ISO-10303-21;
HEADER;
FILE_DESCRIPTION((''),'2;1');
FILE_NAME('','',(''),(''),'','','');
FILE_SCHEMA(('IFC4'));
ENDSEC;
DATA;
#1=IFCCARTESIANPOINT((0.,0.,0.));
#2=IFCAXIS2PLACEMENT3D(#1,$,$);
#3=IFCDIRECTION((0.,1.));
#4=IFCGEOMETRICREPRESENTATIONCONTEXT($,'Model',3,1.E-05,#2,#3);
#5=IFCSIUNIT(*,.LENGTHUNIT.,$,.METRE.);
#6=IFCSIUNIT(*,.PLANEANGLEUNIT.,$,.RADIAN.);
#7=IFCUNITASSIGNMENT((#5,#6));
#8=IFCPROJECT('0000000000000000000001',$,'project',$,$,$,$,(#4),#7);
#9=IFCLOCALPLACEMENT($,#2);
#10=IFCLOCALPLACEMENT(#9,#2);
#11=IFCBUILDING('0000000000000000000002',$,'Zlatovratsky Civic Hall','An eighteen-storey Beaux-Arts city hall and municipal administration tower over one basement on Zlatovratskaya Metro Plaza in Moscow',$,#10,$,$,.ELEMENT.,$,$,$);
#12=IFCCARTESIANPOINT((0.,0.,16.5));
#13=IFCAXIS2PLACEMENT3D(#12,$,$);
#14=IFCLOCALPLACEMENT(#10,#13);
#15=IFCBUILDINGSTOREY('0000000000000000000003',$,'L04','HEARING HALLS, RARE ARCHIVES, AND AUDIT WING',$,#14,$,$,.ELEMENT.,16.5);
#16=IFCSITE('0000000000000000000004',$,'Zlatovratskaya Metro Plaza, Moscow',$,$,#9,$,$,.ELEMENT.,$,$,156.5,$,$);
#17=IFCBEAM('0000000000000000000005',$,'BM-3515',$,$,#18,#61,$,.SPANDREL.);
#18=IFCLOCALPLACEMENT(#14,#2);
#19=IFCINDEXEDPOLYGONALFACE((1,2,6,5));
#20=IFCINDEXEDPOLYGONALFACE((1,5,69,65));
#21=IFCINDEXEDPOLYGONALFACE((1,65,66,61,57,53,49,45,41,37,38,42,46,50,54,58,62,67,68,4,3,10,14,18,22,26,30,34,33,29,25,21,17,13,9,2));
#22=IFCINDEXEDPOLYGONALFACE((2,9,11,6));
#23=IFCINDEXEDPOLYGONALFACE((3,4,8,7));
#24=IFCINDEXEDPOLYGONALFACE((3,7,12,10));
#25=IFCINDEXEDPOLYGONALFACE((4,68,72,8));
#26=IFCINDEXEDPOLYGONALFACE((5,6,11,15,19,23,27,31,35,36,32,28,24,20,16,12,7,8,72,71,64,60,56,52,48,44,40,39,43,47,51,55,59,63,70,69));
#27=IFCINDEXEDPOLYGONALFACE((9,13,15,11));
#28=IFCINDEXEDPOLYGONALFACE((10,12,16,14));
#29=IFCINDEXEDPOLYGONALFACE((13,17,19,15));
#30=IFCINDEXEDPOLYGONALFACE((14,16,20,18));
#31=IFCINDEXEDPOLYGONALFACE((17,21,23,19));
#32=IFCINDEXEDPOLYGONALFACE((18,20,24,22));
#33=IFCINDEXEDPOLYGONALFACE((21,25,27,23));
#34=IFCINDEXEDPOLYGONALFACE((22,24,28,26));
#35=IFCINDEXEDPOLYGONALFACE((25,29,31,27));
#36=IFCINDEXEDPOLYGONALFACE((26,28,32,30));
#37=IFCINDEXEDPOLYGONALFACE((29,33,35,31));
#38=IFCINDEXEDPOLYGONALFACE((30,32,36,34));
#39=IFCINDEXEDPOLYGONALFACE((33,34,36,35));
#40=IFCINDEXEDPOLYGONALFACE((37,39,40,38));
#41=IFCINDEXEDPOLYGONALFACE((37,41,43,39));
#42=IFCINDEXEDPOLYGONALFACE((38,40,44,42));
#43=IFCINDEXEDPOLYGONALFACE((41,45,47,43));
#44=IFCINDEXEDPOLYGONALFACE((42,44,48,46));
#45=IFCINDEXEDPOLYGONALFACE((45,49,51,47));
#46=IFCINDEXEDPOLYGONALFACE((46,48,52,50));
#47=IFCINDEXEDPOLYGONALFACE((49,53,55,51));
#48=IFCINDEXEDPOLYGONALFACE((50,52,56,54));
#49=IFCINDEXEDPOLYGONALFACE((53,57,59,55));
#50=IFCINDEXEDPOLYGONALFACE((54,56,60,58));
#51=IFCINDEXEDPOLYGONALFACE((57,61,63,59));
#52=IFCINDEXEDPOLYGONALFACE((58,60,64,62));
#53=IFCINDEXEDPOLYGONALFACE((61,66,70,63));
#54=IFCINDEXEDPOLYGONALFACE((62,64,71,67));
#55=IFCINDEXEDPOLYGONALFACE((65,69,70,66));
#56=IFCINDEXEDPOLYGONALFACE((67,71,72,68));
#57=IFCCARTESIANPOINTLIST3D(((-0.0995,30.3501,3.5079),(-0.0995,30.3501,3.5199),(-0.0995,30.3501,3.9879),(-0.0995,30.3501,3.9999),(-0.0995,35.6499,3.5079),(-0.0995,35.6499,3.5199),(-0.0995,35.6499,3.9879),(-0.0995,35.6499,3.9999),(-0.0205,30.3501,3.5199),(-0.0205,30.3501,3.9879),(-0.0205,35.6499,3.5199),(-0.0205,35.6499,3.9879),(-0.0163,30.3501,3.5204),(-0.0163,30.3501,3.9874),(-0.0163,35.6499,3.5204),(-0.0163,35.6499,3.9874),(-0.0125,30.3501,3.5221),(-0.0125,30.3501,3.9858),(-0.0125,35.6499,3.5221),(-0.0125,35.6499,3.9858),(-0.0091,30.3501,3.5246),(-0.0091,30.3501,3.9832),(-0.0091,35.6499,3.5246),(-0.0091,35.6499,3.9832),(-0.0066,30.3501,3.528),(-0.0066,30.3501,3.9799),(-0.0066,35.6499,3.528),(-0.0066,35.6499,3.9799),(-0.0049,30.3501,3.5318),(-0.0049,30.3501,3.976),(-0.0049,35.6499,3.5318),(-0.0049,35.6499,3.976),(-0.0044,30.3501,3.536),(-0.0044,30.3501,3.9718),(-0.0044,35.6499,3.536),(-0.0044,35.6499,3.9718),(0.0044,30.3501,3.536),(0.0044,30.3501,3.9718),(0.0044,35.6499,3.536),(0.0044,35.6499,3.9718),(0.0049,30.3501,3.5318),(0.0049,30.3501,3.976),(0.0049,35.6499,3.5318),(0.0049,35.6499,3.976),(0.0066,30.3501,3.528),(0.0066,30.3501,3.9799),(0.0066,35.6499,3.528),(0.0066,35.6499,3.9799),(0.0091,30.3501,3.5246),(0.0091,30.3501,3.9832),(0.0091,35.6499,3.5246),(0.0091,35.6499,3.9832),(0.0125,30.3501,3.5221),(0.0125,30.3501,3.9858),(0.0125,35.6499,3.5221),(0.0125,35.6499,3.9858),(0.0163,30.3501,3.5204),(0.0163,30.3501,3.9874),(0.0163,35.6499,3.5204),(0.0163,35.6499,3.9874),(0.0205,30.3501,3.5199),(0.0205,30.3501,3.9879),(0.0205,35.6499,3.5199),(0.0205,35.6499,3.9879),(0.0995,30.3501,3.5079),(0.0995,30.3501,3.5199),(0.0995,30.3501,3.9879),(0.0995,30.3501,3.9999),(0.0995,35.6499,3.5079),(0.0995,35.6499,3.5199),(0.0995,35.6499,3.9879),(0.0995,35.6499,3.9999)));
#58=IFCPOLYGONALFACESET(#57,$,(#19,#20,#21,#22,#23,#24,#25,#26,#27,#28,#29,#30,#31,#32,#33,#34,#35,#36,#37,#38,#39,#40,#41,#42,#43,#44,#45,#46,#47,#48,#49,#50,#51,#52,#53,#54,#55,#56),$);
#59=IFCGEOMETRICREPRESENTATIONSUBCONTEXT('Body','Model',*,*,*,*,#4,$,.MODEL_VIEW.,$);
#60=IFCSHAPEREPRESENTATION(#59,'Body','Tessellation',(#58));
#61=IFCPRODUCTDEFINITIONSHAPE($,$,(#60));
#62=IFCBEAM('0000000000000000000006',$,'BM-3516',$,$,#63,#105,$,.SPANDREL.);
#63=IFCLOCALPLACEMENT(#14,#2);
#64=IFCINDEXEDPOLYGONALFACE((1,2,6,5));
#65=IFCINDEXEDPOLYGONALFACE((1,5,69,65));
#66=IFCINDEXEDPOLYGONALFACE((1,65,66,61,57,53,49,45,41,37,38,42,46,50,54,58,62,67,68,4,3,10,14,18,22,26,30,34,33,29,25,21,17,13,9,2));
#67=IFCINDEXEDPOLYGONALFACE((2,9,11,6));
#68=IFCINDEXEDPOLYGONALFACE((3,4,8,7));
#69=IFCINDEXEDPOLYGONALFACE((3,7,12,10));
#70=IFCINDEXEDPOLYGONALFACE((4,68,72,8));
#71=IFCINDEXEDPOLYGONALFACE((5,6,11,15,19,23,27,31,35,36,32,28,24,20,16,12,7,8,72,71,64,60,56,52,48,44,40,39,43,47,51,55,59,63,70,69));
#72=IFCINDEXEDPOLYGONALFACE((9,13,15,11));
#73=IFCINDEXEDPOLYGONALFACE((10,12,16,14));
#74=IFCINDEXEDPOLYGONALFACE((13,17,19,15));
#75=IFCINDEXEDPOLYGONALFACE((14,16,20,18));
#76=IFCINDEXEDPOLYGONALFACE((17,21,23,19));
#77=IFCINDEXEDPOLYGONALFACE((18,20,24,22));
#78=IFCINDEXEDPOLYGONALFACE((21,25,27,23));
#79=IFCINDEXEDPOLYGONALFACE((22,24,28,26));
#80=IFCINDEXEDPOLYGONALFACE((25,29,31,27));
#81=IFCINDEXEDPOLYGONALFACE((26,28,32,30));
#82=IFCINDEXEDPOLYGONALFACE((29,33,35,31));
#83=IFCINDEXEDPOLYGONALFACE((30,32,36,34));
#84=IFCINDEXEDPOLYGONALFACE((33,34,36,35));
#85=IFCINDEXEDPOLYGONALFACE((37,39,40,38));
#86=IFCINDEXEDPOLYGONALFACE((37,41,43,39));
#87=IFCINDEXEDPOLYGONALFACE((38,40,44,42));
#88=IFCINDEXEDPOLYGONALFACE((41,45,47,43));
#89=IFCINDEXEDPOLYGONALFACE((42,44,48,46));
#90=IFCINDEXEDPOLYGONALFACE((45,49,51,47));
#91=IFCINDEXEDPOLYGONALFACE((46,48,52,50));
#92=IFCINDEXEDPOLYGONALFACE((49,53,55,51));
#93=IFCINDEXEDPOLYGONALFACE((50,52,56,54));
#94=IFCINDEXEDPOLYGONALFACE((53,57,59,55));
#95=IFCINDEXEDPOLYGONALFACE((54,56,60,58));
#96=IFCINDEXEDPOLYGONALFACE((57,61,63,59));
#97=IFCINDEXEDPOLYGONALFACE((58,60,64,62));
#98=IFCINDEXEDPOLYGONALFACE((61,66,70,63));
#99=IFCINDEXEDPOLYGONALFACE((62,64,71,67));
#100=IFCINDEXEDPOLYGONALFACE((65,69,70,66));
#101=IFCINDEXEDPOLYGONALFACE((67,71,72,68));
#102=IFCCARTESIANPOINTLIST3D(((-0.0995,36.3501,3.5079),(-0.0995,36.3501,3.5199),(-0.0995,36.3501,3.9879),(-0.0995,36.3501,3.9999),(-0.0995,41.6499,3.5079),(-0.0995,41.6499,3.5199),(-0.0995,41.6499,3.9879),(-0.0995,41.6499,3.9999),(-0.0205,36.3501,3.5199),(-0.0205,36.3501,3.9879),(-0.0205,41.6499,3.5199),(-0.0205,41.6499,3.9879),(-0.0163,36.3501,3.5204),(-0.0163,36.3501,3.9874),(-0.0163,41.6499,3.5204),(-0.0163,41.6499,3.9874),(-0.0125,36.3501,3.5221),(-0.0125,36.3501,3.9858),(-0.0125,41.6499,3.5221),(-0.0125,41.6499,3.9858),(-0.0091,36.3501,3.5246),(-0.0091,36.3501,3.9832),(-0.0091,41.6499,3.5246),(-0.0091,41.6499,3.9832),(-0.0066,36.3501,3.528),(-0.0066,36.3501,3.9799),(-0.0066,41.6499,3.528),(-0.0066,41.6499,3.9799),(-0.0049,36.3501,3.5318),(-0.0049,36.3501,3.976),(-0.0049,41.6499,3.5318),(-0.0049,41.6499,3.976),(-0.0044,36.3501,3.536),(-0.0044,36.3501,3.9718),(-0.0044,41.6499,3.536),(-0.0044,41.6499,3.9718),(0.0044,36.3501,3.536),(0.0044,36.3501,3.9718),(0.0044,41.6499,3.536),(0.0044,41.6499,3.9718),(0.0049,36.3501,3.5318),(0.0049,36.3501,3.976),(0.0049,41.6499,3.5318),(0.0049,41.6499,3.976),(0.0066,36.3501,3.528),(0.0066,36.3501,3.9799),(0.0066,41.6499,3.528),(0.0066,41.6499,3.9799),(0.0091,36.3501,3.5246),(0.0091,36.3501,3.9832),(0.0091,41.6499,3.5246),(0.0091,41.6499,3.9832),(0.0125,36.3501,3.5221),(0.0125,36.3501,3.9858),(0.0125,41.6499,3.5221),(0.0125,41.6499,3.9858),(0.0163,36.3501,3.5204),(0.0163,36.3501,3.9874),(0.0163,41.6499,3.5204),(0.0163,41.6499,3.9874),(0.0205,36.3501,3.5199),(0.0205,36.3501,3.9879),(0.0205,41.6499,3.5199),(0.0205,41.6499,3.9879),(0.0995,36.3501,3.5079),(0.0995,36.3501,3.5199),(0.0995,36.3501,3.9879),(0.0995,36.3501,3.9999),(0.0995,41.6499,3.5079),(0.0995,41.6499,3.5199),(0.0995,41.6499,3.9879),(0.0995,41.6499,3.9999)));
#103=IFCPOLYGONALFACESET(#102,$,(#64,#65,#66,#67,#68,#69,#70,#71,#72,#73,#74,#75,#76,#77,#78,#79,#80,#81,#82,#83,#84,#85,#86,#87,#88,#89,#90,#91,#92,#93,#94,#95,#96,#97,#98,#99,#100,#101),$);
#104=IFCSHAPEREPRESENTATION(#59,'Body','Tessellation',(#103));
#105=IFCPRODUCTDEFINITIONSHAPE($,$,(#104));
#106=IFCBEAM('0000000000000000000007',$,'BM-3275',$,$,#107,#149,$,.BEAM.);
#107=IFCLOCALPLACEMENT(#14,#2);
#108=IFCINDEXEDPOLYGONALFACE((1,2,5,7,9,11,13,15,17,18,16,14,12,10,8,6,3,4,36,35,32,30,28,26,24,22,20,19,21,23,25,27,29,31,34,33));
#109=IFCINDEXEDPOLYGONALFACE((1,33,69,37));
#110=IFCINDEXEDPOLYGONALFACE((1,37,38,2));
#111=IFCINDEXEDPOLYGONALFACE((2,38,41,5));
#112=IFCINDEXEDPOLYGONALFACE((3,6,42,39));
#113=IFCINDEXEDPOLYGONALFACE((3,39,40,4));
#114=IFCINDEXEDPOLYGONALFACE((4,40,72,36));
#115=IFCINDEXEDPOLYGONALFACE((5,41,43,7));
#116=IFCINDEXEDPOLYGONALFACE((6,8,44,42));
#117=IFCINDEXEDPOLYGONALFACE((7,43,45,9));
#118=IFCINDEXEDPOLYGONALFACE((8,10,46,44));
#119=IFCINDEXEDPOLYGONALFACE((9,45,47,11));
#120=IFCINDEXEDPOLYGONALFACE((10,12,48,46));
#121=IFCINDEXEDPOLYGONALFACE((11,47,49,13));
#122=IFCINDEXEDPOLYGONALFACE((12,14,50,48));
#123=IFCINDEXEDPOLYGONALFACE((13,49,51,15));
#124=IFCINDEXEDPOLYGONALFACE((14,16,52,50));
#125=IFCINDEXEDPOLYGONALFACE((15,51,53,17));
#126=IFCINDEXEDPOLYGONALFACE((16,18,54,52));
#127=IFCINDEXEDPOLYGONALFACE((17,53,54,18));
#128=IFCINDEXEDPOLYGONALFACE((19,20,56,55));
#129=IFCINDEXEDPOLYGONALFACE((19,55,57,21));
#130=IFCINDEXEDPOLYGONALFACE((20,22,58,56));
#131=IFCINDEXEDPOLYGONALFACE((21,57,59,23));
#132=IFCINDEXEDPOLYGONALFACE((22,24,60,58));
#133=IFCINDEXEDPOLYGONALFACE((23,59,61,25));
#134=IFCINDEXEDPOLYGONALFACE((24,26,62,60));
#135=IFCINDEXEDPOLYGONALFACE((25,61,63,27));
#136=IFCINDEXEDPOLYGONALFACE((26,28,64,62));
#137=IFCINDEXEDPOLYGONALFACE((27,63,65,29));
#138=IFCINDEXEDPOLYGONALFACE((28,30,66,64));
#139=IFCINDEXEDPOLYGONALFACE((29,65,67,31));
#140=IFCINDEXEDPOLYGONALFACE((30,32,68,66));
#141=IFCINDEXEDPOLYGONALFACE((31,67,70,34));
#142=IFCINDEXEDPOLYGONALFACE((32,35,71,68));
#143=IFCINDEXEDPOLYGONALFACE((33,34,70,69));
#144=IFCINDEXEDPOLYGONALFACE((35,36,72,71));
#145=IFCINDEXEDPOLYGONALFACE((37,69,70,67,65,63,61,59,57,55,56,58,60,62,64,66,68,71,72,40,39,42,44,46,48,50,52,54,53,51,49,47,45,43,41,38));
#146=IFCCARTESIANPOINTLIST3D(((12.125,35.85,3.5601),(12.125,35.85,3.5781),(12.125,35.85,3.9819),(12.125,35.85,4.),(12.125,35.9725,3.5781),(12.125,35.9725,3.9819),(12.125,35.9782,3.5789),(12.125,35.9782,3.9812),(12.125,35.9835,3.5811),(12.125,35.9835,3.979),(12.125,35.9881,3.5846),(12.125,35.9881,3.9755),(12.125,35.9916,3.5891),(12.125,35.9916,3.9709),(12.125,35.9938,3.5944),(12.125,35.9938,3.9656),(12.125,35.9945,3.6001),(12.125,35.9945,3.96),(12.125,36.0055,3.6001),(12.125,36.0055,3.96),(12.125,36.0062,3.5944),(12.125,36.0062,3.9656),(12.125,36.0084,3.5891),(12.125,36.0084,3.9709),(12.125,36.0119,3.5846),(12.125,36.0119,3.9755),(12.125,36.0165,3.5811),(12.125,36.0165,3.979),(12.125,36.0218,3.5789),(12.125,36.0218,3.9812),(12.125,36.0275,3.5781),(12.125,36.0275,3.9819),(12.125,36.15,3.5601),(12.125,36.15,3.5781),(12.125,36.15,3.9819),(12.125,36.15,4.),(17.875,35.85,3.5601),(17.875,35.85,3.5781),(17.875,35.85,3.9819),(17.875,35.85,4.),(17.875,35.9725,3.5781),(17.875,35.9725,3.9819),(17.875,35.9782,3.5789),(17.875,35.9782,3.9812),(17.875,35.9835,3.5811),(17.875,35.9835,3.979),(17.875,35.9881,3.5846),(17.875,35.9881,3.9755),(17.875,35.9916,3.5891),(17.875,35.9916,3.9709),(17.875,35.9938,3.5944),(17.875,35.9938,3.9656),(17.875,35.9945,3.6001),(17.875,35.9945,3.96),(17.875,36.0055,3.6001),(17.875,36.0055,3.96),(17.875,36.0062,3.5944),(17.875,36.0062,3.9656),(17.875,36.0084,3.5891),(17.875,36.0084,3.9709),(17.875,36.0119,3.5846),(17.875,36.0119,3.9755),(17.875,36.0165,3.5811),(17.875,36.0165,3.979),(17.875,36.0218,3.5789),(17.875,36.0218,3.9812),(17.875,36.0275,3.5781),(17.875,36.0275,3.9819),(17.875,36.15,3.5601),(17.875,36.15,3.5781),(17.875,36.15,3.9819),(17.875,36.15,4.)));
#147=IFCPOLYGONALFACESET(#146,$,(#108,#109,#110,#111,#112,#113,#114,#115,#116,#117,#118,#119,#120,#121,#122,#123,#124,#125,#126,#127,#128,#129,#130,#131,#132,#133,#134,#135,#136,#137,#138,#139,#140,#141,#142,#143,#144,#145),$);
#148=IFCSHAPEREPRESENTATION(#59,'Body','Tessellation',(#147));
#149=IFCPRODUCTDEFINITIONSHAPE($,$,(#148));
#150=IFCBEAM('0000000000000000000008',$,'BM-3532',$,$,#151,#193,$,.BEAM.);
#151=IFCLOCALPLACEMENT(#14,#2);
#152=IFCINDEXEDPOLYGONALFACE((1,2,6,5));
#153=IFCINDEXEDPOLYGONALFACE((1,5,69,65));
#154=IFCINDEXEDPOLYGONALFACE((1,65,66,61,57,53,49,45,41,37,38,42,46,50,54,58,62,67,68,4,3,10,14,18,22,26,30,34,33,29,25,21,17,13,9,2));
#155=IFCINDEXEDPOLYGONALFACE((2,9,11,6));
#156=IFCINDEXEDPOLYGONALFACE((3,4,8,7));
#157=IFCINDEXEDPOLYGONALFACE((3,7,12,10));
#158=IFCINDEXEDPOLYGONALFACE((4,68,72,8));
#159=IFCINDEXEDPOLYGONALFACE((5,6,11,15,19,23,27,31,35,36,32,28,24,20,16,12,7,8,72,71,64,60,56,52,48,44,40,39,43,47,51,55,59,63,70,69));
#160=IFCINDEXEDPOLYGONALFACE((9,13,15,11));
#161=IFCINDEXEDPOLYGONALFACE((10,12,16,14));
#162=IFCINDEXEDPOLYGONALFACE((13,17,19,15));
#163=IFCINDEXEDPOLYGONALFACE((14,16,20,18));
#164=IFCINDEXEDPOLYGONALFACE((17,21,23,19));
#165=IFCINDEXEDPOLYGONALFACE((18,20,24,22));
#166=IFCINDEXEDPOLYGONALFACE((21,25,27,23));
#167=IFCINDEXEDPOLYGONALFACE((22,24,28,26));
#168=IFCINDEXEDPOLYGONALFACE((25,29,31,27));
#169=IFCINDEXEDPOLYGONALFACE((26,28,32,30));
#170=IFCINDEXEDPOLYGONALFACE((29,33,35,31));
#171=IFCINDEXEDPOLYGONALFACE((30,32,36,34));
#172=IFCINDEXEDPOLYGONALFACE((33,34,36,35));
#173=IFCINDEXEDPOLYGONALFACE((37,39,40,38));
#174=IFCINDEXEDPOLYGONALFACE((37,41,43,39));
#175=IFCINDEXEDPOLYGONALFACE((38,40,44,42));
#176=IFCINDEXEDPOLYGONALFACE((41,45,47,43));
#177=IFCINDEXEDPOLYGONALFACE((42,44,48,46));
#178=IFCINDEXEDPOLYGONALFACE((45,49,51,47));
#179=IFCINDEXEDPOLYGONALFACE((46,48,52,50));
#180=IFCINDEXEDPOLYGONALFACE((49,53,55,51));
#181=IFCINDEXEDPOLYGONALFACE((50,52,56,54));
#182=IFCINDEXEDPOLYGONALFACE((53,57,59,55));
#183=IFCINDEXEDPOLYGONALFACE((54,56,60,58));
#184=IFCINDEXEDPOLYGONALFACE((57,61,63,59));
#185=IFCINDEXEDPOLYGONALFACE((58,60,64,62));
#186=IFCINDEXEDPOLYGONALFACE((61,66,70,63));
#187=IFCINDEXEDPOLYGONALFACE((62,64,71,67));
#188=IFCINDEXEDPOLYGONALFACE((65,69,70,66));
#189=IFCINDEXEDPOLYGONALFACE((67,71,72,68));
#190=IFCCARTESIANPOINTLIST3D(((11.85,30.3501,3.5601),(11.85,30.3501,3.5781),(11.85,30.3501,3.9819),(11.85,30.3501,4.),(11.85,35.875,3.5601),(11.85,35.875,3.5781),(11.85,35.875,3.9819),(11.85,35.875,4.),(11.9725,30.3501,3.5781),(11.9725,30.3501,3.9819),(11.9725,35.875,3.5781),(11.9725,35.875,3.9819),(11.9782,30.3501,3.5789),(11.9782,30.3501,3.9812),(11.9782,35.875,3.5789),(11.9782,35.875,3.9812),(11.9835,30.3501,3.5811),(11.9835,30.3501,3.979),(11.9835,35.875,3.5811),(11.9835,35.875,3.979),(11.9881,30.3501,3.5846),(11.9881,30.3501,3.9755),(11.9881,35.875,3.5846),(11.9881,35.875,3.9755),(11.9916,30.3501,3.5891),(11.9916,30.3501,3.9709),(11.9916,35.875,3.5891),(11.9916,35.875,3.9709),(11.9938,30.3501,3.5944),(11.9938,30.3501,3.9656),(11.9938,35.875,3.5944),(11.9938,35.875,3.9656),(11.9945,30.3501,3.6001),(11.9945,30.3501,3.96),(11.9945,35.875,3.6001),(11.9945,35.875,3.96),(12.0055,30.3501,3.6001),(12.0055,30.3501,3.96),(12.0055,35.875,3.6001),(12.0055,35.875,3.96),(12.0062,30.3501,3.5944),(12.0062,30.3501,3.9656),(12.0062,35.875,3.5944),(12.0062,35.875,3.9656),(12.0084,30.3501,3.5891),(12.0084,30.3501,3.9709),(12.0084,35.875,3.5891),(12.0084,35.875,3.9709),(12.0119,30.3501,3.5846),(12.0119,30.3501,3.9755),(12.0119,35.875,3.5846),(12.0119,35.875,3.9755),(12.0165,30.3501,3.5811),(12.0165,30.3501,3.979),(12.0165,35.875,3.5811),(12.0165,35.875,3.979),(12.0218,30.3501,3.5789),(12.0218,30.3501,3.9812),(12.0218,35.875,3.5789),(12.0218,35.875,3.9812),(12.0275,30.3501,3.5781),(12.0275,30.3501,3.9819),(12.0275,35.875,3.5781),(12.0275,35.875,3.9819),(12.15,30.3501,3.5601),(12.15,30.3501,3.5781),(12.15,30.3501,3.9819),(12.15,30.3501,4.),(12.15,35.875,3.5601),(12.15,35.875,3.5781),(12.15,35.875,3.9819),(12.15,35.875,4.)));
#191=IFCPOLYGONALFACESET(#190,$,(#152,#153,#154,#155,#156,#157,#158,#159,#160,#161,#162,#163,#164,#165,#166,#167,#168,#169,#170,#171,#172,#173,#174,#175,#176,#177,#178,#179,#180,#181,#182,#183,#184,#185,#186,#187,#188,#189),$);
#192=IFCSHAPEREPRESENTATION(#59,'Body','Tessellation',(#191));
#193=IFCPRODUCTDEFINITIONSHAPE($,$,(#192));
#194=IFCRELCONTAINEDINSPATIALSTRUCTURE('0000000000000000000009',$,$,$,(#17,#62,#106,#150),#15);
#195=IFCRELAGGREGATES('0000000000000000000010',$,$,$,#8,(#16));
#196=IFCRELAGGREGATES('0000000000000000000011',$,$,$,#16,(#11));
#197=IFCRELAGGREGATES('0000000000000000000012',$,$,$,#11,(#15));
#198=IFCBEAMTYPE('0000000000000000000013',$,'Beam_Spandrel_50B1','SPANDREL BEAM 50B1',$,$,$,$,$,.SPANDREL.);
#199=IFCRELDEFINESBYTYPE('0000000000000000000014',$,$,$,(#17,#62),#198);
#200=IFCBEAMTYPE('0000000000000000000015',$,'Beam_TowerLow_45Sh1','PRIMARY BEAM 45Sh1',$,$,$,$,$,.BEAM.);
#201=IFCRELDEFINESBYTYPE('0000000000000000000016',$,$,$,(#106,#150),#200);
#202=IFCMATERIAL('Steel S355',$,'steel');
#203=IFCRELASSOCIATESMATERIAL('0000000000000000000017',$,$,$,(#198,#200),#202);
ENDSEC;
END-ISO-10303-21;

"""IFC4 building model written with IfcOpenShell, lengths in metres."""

from ifc_helpers import new_model, si_unit, direction, frame, origin, origin_2d, place, context, subcontext, project, spatial, i_section, extrude, material, material_profile, profile_set, type_object, element, save


model = new_model("IFC4")

# Units and contexts
model_context = context("Model", 3, precision=1e-05, world=origin(), true_north=direction((0.0, 1.0)))
body_context = subcontext(model_context, "Body", "Model", "MODEL_VIEW")
ifc_project = project(units=[si_unit("LENGTHUNIT", "METRE"), si_unit("PLANEANGLEUNIT", "RADIAN")], contexts=[model_context])

# Site, building, storey
site_placement = place(None, origin())
site = spatial("IfcSite", under=ifc_project, at=site_placement, Name="Zlatovratskaya Metro Plaza, Moscow", CompositionType="ELEMENT", RefElevation=156.5)
building_placement = place(site_placement, origin())
building = spatial("IfcBuilding", under=site, at=building_placement, Name="Zlatovratsky Civic Hall", Description="An eighteen-storey Beaux-Arts city hall and municipal administration tower over one basement on Zlatovratskaya Metro Plaza in Moscow", CompositionType="ELEMENT")
storey_placement = place(building_placement, frame((0.0, 0.0, 16.5)))
storey = spatial("IfcBuildingStorey", under=building, at=storey_placement, Name="L04", Description="HEARING HALLS, RARE ARCHIVES, AND AUDIT WING", CompositionType="ELEMENT", Elevation=16.5)

# Shared definitions
ifc_material_1 = material(Name="Steel S355", Category="steel")

# Beams
ifc_material_profile_1 = material_profile(ifc_material_1, i_section(OverallWidth=0.199, OverallDepth=0.4919, WebThickness=0.0088, FlangeThickness=0.012, FilletRadius=0.0161, at=origin_2d()), Name="50B1")
ifc_profile_set_1 = profile_set([ifc_material_profile_1], Name="Steel S355")
beam_type_1 = type_object("IfcBeamType", Name="Beam_Spandrel_50B1", Description="SPANDREL BEAM 50B1", PredefinedType="SPANDREL", material=ifc_profile_set_1)
for number, where, z_axis, x_axis, name in (
    (1, (0.0, 30.3501, 3.7539), (0.0, 1.0, 0.0), (-1.0, 0.0, 0.0), "BM-3515"),
    (2, (0.0, 36.3501, 3.7539), (0.0, 1.0, 0.0), (-1.0, 0.0, 0.0), "BM-3516"),
):
    element("IfcBeam", number, at=place(storey_placement, frame(where, z_axis=z_axis, x_axis=x_axis)), inside=storey, type_object=beam_type_1, Name=name, PredefinedType="SPANDREL", context=body_context, shape_type="SweptSolid", body=[
        extrude(i_section(OverallWidth=0.199, OverallDepth=0.4919, WebThickness=0.0088, FlangeThickness=0.012, FilletRadius=0.0161, at=origin_2d()), origin(), (0.0, 0.0, 1.0), 5.2998),
    ])
ifc_material_profile_2 = material_profile(ifc_material_1, i_section(OverallWidth=0.3, OverallDepth=0.4399, WebThickness=0.011, FlangeThickness=0.0181, FilletRadius=0.022, at=origin_2d()), Name="45Sh1")
ifc_profile_set_2 = profile_set([ifc_material_profile_2], Name="Steel S355")
beam_type_2 = type_object("IfcBeamType", Name="Beam_TowerLow_45Sh1", Description="PRIMARY BEAM 45Sh1", PredefinedType="BEAM", material=ifc_profile_set_2)
beam_1_placement = place(storey_placement, frame((12.125, 36.0, 3.78), z_axis=(1.0, 0.0, 0.0), x_axis=(0.0, 1.0, 0.0)))
element("IfcBeam", 3, at=beam_1_placement, inside=storey, type_object=beam_type_2, Name="BM-3275", PredefinedType="BEAM", context=body_context, shape_type="SweptSolid", body=[
    extrude(i_section(OverallWidth=0.3, OverallDepth=0.4399, WebThickness=0.011, FlangeThickness=0.0181, FilletRadius=0.022, at=origin_2d()), origin(), (0.0, 0.0, 1.0), 5.75),
])
beam_2_placement = place(storey_placement, frame((12.0, 30.3501, 3.78), z_axis=(0.0, 1.0, 0.0), x_axis=(-1.0, 0.0, 0.0)))
element("IfcBeam", 4, at=beam_2_placement, inside=storey, type_object=beam_type_2, Name="BM-3532", PredefinedType="BEAM", context=body_context, shape_type="SweptSolid", body=[
    extrude(i_section(OverallWidth=0.3, OverallDepth=0.4399, WebThickness=0.011, FlangeThickness=0.0181, FilletRadius=0.022, at=origin_2d()), origin(), (0.0, 0.0, 1.0), 5.5249),
])

save(model, "model.ifc")
